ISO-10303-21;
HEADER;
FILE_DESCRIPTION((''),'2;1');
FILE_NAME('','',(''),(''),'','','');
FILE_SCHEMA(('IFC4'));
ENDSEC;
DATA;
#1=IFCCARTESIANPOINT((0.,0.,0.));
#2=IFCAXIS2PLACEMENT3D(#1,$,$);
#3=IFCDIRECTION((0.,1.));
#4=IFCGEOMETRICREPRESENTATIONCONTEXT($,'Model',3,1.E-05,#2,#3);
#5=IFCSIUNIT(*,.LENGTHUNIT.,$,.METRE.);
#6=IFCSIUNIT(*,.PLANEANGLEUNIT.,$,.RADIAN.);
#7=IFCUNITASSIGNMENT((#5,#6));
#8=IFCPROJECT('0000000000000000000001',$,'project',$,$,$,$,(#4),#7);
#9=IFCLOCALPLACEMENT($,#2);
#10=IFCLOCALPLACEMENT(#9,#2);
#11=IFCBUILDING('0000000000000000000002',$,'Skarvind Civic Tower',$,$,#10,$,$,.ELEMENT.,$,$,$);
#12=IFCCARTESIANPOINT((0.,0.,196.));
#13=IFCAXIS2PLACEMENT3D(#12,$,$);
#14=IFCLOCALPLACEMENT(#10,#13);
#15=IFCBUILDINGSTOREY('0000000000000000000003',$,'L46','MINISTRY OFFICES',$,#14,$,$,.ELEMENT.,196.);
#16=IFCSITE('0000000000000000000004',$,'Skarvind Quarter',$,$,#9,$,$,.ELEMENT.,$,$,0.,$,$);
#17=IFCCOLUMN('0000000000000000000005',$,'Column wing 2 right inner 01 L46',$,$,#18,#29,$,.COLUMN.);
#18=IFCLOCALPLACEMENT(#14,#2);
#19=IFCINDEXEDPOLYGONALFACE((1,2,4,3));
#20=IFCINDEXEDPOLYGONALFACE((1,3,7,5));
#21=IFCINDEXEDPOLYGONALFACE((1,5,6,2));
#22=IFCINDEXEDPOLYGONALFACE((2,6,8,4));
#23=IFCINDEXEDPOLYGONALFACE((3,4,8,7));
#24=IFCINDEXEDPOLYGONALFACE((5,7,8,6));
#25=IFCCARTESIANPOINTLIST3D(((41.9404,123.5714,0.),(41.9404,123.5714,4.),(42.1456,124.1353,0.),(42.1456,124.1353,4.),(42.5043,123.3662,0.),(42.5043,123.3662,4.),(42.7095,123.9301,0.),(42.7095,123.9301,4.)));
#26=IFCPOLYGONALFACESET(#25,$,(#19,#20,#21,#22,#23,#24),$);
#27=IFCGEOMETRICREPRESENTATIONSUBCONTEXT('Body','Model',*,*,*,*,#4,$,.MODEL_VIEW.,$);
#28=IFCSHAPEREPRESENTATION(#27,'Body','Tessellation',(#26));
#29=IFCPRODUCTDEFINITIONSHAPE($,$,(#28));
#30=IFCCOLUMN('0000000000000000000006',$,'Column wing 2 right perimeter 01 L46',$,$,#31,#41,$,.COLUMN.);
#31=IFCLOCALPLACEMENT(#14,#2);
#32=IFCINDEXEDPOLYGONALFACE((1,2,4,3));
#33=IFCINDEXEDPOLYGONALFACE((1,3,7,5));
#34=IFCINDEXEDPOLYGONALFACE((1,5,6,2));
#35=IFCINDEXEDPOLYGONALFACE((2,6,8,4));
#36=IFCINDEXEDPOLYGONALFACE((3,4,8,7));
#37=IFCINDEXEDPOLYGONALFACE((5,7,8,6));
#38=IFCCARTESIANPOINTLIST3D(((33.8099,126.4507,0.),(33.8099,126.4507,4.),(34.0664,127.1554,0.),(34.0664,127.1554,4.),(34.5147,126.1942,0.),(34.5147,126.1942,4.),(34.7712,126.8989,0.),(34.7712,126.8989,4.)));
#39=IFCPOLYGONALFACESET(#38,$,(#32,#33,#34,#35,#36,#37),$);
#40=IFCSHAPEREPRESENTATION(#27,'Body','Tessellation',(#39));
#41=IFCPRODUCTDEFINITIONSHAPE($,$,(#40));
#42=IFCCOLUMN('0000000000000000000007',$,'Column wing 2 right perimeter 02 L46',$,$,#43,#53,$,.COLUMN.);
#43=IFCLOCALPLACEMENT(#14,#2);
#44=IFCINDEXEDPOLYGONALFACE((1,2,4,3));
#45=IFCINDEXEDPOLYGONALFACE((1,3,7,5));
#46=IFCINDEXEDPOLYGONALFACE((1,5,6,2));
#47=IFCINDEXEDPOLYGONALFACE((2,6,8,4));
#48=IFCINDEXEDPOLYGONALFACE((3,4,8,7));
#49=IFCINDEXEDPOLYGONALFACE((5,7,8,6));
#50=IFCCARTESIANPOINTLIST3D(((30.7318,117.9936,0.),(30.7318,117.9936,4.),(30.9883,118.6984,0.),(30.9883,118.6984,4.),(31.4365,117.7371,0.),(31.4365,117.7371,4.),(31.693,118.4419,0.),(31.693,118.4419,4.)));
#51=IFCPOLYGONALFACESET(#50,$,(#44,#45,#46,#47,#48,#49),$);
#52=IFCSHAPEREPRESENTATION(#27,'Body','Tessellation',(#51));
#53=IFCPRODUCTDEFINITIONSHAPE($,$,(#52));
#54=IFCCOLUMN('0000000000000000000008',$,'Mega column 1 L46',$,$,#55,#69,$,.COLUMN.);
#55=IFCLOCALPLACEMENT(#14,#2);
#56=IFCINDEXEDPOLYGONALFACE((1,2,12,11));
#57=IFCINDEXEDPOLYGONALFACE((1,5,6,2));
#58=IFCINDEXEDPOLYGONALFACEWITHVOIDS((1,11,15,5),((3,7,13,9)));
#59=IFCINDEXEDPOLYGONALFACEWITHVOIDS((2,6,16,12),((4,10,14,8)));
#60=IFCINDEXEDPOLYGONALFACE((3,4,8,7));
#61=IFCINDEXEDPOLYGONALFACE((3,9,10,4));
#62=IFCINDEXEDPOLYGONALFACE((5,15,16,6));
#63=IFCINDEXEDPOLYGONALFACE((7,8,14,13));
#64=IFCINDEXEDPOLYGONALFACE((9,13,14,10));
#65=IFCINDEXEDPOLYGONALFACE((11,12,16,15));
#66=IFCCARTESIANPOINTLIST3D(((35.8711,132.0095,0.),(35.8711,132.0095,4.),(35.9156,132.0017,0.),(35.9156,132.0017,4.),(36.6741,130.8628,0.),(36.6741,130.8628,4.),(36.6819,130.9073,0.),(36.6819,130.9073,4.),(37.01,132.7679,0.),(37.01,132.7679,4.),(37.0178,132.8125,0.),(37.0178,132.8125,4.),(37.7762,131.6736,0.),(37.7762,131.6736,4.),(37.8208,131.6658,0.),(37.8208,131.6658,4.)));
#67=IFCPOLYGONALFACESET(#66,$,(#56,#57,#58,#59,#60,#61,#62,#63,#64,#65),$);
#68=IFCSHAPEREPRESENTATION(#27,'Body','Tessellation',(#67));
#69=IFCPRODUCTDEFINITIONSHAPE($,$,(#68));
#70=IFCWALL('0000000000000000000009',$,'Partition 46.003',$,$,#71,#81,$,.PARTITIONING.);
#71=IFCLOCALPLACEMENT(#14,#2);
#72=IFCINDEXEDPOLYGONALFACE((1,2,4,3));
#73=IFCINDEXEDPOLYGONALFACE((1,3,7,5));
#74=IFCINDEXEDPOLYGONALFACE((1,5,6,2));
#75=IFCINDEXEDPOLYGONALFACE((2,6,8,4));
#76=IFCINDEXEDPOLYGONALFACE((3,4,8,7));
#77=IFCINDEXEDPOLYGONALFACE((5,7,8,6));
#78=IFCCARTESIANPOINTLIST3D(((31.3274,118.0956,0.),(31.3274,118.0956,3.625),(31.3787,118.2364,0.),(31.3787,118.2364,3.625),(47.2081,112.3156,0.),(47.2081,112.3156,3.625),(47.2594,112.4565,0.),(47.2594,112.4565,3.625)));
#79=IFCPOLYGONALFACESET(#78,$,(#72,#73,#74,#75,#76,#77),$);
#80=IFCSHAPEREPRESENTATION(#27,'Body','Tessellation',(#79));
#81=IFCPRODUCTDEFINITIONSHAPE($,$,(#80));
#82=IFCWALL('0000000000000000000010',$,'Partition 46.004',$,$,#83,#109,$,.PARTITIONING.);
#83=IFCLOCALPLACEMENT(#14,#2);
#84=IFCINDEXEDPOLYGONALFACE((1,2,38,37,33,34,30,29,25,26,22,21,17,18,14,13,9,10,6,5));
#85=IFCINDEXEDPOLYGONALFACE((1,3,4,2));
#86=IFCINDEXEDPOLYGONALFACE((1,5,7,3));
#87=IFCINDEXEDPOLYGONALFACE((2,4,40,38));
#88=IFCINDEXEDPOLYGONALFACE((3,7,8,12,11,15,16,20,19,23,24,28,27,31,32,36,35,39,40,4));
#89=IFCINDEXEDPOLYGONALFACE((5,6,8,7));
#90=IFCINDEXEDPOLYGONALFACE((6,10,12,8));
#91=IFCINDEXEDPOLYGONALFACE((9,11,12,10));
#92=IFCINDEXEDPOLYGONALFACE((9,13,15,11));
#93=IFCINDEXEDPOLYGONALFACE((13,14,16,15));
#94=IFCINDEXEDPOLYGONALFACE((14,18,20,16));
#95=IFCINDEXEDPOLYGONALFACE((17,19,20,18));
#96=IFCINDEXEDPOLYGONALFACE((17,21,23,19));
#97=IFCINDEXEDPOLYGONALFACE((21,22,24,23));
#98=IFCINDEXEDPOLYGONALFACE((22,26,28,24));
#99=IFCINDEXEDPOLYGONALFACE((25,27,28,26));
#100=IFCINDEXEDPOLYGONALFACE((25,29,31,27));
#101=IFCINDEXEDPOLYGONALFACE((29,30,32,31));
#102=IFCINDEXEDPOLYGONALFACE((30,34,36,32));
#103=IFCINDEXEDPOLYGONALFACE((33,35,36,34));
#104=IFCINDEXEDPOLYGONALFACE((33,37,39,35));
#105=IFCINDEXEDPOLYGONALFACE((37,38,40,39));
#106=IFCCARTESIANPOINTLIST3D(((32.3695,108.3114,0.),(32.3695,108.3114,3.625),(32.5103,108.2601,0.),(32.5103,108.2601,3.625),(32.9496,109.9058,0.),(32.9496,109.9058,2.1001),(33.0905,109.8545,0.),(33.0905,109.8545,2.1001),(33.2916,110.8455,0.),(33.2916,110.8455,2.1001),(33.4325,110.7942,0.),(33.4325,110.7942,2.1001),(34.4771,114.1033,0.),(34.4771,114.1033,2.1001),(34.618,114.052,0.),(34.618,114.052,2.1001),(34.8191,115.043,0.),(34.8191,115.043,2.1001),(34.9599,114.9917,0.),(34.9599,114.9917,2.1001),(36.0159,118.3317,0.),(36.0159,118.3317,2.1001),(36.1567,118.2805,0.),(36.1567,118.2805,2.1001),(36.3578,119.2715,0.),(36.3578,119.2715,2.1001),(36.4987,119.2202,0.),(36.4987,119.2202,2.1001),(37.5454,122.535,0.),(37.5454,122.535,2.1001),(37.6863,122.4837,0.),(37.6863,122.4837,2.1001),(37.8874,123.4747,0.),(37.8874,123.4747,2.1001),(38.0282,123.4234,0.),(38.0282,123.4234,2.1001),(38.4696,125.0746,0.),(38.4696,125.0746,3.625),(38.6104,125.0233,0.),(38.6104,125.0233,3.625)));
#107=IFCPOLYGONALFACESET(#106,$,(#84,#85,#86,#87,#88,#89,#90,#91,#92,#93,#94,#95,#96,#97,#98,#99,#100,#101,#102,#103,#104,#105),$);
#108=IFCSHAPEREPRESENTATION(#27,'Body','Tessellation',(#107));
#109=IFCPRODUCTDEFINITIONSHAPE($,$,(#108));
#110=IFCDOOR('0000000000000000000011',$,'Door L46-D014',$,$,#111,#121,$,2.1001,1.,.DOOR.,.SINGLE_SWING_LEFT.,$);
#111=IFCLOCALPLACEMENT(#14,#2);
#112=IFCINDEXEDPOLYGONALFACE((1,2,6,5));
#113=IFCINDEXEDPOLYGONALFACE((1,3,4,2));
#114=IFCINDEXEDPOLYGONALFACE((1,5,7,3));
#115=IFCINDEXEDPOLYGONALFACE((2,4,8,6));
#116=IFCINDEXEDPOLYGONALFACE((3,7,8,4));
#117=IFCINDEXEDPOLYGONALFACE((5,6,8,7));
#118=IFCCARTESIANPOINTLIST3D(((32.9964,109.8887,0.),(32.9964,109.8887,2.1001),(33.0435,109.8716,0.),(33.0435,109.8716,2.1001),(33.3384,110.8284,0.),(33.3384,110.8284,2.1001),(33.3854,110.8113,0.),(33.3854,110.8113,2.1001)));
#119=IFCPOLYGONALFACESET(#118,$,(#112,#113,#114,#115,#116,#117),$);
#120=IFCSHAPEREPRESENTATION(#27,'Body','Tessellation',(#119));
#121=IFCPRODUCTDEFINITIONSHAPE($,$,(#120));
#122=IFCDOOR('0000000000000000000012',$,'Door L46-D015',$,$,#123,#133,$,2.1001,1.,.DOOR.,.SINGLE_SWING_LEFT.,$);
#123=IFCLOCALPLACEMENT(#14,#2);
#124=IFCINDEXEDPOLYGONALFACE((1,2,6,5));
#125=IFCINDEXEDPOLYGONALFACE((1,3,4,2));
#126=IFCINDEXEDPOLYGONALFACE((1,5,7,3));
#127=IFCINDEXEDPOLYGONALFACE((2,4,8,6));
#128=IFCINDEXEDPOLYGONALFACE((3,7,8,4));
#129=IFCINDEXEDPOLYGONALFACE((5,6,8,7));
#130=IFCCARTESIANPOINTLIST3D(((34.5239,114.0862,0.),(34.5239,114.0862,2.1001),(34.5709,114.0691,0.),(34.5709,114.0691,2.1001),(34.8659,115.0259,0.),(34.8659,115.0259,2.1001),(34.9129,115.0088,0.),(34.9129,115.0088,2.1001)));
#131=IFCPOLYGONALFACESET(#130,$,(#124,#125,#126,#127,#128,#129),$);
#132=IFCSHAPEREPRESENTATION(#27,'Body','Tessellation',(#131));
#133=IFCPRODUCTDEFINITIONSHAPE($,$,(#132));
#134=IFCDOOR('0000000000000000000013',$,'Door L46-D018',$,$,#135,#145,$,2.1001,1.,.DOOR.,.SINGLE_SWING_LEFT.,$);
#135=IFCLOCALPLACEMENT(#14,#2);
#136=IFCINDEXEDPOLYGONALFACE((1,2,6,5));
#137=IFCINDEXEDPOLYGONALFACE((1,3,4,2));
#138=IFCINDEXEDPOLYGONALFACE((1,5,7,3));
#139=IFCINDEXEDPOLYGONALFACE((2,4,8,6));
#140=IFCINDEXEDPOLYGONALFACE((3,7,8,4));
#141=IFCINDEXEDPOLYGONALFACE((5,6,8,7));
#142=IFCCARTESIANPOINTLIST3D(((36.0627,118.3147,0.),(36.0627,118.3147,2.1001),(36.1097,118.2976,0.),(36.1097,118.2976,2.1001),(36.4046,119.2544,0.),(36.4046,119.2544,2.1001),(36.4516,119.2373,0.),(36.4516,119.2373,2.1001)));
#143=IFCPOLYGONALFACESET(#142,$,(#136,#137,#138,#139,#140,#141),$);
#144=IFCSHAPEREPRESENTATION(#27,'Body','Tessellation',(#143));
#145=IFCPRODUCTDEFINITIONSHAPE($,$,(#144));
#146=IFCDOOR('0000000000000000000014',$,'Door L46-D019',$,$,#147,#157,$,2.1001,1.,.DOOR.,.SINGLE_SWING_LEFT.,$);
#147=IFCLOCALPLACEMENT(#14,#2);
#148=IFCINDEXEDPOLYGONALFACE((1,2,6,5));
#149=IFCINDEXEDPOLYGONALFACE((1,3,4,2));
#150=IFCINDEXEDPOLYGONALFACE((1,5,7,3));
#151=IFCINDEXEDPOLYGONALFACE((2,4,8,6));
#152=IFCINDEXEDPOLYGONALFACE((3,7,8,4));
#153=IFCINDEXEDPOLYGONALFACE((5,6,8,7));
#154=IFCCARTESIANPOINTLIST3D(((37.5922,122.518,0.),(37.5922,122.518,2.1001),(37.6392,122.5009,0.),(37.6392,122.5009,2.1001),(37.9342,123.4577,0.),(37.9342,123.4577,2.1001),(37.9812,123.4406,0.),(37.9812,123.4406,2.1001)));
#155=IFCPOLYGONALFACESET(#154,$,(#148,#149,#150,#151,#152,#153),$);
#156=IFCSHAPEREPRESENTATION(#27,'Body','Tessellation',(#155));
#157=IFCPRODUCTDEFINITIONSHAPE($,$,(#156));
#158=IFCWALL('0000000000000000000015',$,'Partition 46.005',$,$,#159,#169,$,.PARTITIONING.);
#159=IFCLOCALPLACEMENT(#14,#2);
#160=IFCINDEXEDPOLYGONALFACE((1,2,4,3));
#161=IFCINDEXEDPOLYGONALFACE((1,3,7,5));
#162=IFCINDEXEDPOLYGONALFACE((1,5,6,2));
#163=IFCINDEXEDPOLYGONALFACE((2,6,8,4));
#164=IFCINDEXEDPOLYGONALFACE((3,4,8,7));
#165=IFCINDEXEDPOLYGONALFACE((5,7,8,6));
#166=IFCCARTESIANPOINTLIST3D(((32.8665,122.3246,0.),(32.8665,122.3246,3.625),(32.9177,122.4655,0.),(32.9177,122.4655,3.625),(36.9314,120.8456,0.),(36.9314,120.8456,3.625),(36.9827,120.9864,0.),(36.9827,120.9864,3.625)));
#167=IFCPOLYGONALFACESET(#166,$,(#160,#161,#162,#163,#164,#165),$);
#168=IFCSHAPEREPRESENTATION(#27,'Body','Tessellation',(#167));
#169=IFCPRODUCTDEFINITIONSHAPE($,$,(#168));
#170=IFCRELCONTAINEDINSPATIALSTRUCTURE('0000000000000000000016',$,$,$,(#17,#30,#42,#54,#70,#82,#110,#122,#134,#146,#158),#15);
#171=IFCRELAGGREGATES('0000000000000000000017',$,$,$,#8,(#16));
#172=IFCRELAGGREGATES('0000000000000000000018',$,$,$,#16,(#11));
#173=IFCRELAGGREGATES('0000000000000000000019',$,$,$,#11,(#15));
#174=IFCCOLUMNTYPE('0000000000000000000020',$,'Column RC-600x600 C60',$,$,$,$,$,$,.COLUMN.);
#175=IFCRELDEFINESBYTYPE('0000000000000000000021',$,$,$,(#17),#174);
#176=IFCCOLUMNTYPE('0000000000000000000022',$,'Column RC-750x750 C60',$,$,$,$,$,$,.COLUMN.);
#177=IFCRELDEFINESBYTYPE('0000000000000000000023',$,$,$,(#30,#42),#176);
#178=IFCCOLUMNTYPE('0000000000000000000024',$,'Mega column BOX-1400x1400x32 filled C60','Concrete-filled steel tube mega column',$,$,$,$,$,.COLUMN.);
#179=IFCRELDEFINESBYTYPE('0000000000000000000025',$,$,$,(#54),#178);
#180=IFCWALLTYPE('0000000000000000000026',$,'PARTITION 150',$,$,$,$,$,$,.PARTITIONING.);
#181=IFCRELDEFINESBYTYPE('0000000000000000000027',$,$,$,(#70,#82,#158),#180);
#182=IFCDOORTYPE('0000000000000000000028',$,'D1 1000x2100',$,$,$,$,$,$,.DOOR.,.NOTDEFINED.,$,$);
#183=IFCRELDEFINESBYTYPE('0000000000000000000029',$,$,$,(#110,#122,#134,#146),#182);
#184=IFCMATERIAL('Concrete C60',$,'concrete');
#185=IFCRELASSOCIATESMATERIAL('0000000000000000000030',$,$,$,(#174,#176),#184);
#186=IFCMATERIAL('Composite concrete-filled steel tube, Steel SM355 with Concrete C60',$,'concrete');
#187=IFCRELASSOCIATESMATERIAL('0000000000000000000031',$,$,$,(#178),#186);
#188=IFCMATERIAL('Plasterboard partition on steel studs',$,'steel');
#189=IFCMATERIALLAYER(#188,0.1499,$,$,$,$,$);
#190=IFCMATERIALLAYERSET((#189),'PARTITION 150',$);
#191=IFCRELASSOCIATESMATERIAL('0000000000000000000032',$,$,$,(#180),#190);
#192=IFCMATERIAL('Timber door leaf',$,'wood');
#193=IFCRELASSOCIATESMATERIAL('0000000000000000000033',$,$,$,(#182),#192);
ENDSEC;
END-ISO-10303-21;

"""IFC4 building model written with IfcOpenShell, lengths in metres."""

from ifc_helpers import new_model, si_unit, direction, frame, frame_2d, origin, origin_2d, place, context, subcontext, project, spatial, rectangle, hollow_rectangle, extrude, material, layer, layer_set, material_profile, profile_set, type_object, element, fill, save


model = new_model("IFC4")

# Units and contexts
model_context = context("Model", 3, precision=1e-05, world=origin(), true_north=direction((0.0, 1.0)))
body_context = subcontext(model_context, "Body", "Model", "MODEL_VIEW")
ifc_project = project(units=[si_unit("LENGTHUNIT", "METRE"), si_unit("PLANEANGLEUNIT", "RADIAN")], contexts=[model_context])

# Site, building, storey
site_placement = place(None, origin())
site = spatial("IfcSite", under=ifc_project, at=site_placement, Name="Skarvind Quarter", CompositionType="ELEMENT", RefElevation=0.0)
building_placement = place(site_placement, origin())
building = spatial("IfcBuilding", under=site, at=building_placement, Name="Skarvind Civic Tower", CompositionType="ELEMENT")
storey_placement = place(building_placement, frame((0.0, 0.0, 196.0)))
storey = spatial("IfcBuildingStorey", under=building, at=storey_placement, Name="L46", Description="MINISTRY OFFICES", CompositionType="ELEMENT", Elevation=196.0)

# Columns
ifc_material_1 = material(Name="Concrete C60", Category="concrete")
ifc_material_profile_1 = material_profile(ifc_material_1, rectangle(XDim=0.6001, YDim=0.6001, at=origin_2d()), Name="RC-600x600")
ifc_profile_set_1 = profile_set([ifc_material_profile_1], Name="Concrete C60")
column_type_1 = type_object("IfcColumnType", Name="Column RC-600x600 C60", PredefinedType="COLUMN", material=ifc_profile_set_1)
column_1_placement = place(storey_placement, frame((42.325, 123.7507, 0.0), z_axis=(0.0, 0.0, 1.0), x_axis=(-0.34202, -0.939693, 0.0)))
element("IfcColumn", 1, at=column_1_placement, inside=storey, type_object=column_type_1, Name="Column wing 2 right inner 01 L46", PredefinedType="COLUMN", context=body_context, shape_type="SweptSolid", body=[
    extrude(rectangle(XDim=0.6001, YDim=0.6001, at=origin_2d()), origin(), (0.0, 0.0, 1.0), 4.0),
])
ifc_material_profile_2 = material_profile(ifc_material_1, rectangle(XDim=0.75, YDim=0.75, at=origin_2d()), Name="RC-750x750")
ifc_profile_set_2 = profile_set([ifc_material_profile_2], Name="Concrete C60")
column_type_2 = type_object("IfcColumnType", Name="Column RC-750x750 C60", PredefinedType="COLUMN", material=ifc_profile_set_2)
for number, where, z_axis, x_axis, name in (
    (2, (34.2905, 126.6748, 0.0), (0.0, 0.0, 1.0), (-0.34202, -0.939693, 0.0), "Column wing 2 right perimeter 01 L46"),
    (3, (31.2124, 118.2178, 0.0), (0.0, 0.0, 1.0), (-0.34202, -0.939693, 0.0), "Column wing 2 right perimeter 02 L46"),
):
    element("IfcColumn", number, at=place(storey_placement, frame(where, z_axis=z_axis, x_axis=x_axis)), inside=storey, type_object=column_type_2, Name=name, PredefinedType="COLUMN", context=body_context, shape_type="SweptSolid", body=[
        extrude(rectangle(XDim=0.75, YDim=0.75, at=origin_2d()), origin(), (0.0, 0.0, 1.0), 4.0),
    ])
ifc_material_2 = material(Name="Composite concrete-filled steel tube, Steel SM355 with Concrete C60", Category="concrete")
ifc_material_profile_3 = material_profile(ifc_material_2, hollow_rectangle(XDim=1.3999, YDim=1.3999, WallThickness=0.032, at=origin_2d()), Name="BOX-1400x1400x32")
ifc_profile_set_3 = profile_set([ifc_material_profile_3], Name="Composite concrete-filled steel tube, Steel SM355 with Concrete C60")
column_type_3 = type_object("IfcColumnType", Name="Mega column BOX-1400x1400x32 filled C60", Description="Concrete-filled steel tube mega column", PredefinedType="COLUMN", material=ifc_profile_set_3)
column_2_placement = place(storey_placement, frame((36.8459, 131.8376, 0.0), z_axis=(0.0, 0.0, 1.0), x_axis=(0.573576, -0.819152, 0.0)))
element("IfcColumn", 4, at=column_2_placement, inside=storey, type_object=column_type_3, Name="Mega column 1 L46", PredefinedType="COLUMN", context=body_context, shape_type="SweptSolid", body=[
    extrude(hollow_rectangle(XDim=1.3999, YDim=1.3999, WallThickness=0.032, at=origin_2d()), origin(), (0.0, 0.0, 1.0), 4.0),
])

# Wall
ifc_material_3 = material(Name="Plasterboard partition on steel studs", Category="steel")
ifc_layer_1 = layer(ifc_material_3, 0.1499)
ifc_layer_set_1 = layer_set([ifc_layer_1], Name="PARTITION 150")
wall_type_1 = type_object("IfcWallType", Name="PARTITION 150", PredefinedType="PARTITIONING", material=ifc_layer_set_1)
wall_1_placement = place(storey_placement, frame((31.353, 118.166, 0.0), z_axis=(0.0, 0.0, 1.0), x_axis=(0.939695, -0.342013, 0.0)))
element("IfcWall", 5, at=wall_1_placement, inside=storey, type_object=wall_type_1, Name="Partition 46.003", PredefinedType="PARTITIONING", context=body_context, shape_type="SweptSolid", body=[
    extrude(rectangle(XDim=16.8999, YDim=0.1499, at=frame_2d((8.45, 0.0))), origin(), (0.0, 0.0, 1.0), 3.625),
])

# Wall, openings, doors
wall_2_placement = place(storey_placement, frame((38.54, 125.0491, 0.0), z_axis=(0.0, 0.0, 1.0), x_axis=(-0.341961, -0.939714, 0.0)))
wall_2 = element("IfcWall", 6, at=wall_2_placement, inside=storey, type_object=wall_type_1, Name="Partition 46.004", PredefinedType="PARTITIONING", context=body_context, shape_type="SweptSolid", body=[
    extrude(rectangle(XDim=17.8386, YDim=0.1499, at=frame_2d((8.9194, 0.0))), origin(), (0.0, 0.0, 1.0), 3.625),
])
opening_1_placement = place(wall_2_placement, frame((15.1421, 0.0, 0.0)))
opening_1 = element("IfcOpeningElement", 7, at=opening_1_placement, cuts=wall_2, PredefinedType="OPENING", context=body_context, shape_type="SweptSolid", body=[
    extrude(rectangle(XDim=1.0, YDim=2.1001, at=frame_2d((0.5, 1.05))), frame((0.0, 0.085, 0.0), z_axis=(0.0, -1.0, 0.0), x_axis=(1.0, 0.0, 0.0)), (0.0, 0.0, 1.0), 0.1699),
])
opening_2_placement = place(wall_2_placement, frame((10.6753, 0.0, 0.0)))
opening_2 = element("IfcOpeningElement", 8, at=opening_2_placement, cuts=wall_2, PredefinedType="OPENING", context=body_context, shape_type="SweptSolid", body=[
    extrude(rectangle(XDim=1.0, YDim=2.1001, at=frame_2d((0.5, 1.05))), frame((0.0, 0.085, 0.0), z_axis=(0.0, -1.0, 0.0), x_axis=(1.0, 0.0, 0.0)), (0.0, 0.0, 1.0), 0.1699),
])
opening_3_placement = place(wall_2_placement, frame((6.1755, 0.0, 0.0)))
opening_3 = element("IfcOpeningElement", 9, at=opening_3_placement, cuts=wall_2, PredefinedType="OPENING", context=body_context, shape_type="SweptSolid", body=[
    extrude(rectangle(XDim=1.0, YDim=2.1001, at=frame_2d((0.5, 1.05))), frame((0.0, 0.085, 0.0), z_axis=(0.0, -1.0, 0.0), x_axis=(1.0, 0.0, 0.0)), (0.0, 0.0, 1.0), 0.1699),
])
opening_4_placement = place(wall_2_placement, frame((1.7026, 0.0, 0.0)))
opening_4 = element("IfcOpeningElement", 10, at=opening_4_placement, cuts=wall_2, PredefinedType="OPENING", context=body_context, shape_type="SweptSolid", body=[
    extrude(rectangle(XDim=1.0, YDim=2.1001, at=frame_2d((0.5, 1.05))), frame((0.0, 0.085, 0.0), z_axis=(0.0, -1.0, 0.0), x_axis=(1.0, 0.0, 0.0)), (0.0, 0.0, 1.0), 0.1699),
])
ifc_material_4 = material(Name="Timber door leaf", Category="wood")
door_type_1 = type_object("IfcDoorType", Name="D1 1000x2100", OperationType="NOTDEFINED", PredefinedType="DOOR", material=ifc_material_4)
door_1_placement = place(opening_1_placement, origin())
door_1 = element("IfcDoor", 11, at=door_1_placement, inside=storey, type_object=door_type_1, Name="Door L46-D014", OperationType="SINGLE_SWING_LEFT", OverallHeight=2.1001, OverallWidth=1.0, PredefinedType="DOOR", context=body_context, shape_type="SweptSolid", body=[
    extrude(rectangle(XDim=1.0, YDim=2.1001, at=frame_2d((0.5, 1.05))), frame((0.0, 0.0249, 0.0), z_axis=(0.0, -1.0, 0.0), x_axis=(1.0, 0.0, 0.0)), (0.0, 0.0, 1.0), 0.05),
])
fill(opening_1, door_1)
door_2_placement = place(opening_2_placement, origin())
door_2 = element("IfcDoor", 12, at=door_2_placement, inside=storey, type_object=door_type_1, Name="Door L46-D015", OperationType="SINGLE_SWING_LEFT", OverallHeight=2.1001, OverallWidth=1.0, PredefinedType="DOOR", context=body_context, shape_type="SweptSolid", body=[
    extrude(rectangle(XDim=1.0, YDim=2.1001, at=frame_2d((0.5, 1.05))), frame((0.0, 0.0249, 0.0), z_axis=(0.0, -1.0, 0.0), x_axis=(1.0, 0.0, 0.0)), (0.0, 0.0, 1.0), 0.05),
])
fill(opening_2, door_2)
door_3_placement = place(opening_3_placement, origin())
door_3 = element("IfcDoor", 13, at=door_3_placement, inside=storey, type_object=door_type_1, Name="Door L46-D018", OperationType="SINGLE_SWING_LEFT", OverallHeight=2.1001, OverallWidth=1.0, PredefinedType="DOOR", context=body_context, shape_type="SweptSolid", body=[
    extrude(rectangle(XDim=1.0, YDim=2.1001, at=frame_2d((0.5, 1.05))), frame((0.0, 0.0249, 0.0), z_axis=(0.0, -1.0, 0.0), x_axis=(1.0, 0.0, 0.0)), (0.0, 0.0, 1.0), 0.05),
])
fill(opening_3, door_3)
door_4_placement = place(opening_4_placement, origin())
door_4 = element("IfcDoor", 14, at=door_4_placement, inside=storey, type_object=door_type_1, Name="Door L46-D019", OperationType="SINGLE_SWING_LEFT", OverallHeight=2.1001, OverallWidth=1.0, PredefinedType="DOOR", context=body_context, shape_type="SweptSolid", body=[
    extrude(rectangle(XDim=1.0, YDim=2.1001, at=frame_2d((0.5, 1.05))), frame((0.0, 0.0249, 0.0), z_axis=(0.0, -1.0, 0.0), x_axis=(1.0, 0.0, 0.0)), (0.0, 0.0, 1.0), 0.05),
])
fill(opening_4, door_4)

# Wall
wall_3_placement = place(storey_placement, frame((32.8921, 122.395, 0.0), z_axis=(0.0, 0.0, 1.0), x_axis=(0.939731, -0.341915, 0.0)))
element("IfcWall", 15, at=wall_3_placement, inside=storey, type_object=wall_type_1, Name="Partition 46.005", PredefinedType="PARTITIONING", context=body_context, shape_type="SweptSolid", body=[
    extrude(rectangle(XDim=4.3257, YDim=0.1499, at=frame_2d((2.1628, 0.0))), origin(), (0.0, 0.0, 1.0), 3.625),
])

save(model, "model.ifc")
